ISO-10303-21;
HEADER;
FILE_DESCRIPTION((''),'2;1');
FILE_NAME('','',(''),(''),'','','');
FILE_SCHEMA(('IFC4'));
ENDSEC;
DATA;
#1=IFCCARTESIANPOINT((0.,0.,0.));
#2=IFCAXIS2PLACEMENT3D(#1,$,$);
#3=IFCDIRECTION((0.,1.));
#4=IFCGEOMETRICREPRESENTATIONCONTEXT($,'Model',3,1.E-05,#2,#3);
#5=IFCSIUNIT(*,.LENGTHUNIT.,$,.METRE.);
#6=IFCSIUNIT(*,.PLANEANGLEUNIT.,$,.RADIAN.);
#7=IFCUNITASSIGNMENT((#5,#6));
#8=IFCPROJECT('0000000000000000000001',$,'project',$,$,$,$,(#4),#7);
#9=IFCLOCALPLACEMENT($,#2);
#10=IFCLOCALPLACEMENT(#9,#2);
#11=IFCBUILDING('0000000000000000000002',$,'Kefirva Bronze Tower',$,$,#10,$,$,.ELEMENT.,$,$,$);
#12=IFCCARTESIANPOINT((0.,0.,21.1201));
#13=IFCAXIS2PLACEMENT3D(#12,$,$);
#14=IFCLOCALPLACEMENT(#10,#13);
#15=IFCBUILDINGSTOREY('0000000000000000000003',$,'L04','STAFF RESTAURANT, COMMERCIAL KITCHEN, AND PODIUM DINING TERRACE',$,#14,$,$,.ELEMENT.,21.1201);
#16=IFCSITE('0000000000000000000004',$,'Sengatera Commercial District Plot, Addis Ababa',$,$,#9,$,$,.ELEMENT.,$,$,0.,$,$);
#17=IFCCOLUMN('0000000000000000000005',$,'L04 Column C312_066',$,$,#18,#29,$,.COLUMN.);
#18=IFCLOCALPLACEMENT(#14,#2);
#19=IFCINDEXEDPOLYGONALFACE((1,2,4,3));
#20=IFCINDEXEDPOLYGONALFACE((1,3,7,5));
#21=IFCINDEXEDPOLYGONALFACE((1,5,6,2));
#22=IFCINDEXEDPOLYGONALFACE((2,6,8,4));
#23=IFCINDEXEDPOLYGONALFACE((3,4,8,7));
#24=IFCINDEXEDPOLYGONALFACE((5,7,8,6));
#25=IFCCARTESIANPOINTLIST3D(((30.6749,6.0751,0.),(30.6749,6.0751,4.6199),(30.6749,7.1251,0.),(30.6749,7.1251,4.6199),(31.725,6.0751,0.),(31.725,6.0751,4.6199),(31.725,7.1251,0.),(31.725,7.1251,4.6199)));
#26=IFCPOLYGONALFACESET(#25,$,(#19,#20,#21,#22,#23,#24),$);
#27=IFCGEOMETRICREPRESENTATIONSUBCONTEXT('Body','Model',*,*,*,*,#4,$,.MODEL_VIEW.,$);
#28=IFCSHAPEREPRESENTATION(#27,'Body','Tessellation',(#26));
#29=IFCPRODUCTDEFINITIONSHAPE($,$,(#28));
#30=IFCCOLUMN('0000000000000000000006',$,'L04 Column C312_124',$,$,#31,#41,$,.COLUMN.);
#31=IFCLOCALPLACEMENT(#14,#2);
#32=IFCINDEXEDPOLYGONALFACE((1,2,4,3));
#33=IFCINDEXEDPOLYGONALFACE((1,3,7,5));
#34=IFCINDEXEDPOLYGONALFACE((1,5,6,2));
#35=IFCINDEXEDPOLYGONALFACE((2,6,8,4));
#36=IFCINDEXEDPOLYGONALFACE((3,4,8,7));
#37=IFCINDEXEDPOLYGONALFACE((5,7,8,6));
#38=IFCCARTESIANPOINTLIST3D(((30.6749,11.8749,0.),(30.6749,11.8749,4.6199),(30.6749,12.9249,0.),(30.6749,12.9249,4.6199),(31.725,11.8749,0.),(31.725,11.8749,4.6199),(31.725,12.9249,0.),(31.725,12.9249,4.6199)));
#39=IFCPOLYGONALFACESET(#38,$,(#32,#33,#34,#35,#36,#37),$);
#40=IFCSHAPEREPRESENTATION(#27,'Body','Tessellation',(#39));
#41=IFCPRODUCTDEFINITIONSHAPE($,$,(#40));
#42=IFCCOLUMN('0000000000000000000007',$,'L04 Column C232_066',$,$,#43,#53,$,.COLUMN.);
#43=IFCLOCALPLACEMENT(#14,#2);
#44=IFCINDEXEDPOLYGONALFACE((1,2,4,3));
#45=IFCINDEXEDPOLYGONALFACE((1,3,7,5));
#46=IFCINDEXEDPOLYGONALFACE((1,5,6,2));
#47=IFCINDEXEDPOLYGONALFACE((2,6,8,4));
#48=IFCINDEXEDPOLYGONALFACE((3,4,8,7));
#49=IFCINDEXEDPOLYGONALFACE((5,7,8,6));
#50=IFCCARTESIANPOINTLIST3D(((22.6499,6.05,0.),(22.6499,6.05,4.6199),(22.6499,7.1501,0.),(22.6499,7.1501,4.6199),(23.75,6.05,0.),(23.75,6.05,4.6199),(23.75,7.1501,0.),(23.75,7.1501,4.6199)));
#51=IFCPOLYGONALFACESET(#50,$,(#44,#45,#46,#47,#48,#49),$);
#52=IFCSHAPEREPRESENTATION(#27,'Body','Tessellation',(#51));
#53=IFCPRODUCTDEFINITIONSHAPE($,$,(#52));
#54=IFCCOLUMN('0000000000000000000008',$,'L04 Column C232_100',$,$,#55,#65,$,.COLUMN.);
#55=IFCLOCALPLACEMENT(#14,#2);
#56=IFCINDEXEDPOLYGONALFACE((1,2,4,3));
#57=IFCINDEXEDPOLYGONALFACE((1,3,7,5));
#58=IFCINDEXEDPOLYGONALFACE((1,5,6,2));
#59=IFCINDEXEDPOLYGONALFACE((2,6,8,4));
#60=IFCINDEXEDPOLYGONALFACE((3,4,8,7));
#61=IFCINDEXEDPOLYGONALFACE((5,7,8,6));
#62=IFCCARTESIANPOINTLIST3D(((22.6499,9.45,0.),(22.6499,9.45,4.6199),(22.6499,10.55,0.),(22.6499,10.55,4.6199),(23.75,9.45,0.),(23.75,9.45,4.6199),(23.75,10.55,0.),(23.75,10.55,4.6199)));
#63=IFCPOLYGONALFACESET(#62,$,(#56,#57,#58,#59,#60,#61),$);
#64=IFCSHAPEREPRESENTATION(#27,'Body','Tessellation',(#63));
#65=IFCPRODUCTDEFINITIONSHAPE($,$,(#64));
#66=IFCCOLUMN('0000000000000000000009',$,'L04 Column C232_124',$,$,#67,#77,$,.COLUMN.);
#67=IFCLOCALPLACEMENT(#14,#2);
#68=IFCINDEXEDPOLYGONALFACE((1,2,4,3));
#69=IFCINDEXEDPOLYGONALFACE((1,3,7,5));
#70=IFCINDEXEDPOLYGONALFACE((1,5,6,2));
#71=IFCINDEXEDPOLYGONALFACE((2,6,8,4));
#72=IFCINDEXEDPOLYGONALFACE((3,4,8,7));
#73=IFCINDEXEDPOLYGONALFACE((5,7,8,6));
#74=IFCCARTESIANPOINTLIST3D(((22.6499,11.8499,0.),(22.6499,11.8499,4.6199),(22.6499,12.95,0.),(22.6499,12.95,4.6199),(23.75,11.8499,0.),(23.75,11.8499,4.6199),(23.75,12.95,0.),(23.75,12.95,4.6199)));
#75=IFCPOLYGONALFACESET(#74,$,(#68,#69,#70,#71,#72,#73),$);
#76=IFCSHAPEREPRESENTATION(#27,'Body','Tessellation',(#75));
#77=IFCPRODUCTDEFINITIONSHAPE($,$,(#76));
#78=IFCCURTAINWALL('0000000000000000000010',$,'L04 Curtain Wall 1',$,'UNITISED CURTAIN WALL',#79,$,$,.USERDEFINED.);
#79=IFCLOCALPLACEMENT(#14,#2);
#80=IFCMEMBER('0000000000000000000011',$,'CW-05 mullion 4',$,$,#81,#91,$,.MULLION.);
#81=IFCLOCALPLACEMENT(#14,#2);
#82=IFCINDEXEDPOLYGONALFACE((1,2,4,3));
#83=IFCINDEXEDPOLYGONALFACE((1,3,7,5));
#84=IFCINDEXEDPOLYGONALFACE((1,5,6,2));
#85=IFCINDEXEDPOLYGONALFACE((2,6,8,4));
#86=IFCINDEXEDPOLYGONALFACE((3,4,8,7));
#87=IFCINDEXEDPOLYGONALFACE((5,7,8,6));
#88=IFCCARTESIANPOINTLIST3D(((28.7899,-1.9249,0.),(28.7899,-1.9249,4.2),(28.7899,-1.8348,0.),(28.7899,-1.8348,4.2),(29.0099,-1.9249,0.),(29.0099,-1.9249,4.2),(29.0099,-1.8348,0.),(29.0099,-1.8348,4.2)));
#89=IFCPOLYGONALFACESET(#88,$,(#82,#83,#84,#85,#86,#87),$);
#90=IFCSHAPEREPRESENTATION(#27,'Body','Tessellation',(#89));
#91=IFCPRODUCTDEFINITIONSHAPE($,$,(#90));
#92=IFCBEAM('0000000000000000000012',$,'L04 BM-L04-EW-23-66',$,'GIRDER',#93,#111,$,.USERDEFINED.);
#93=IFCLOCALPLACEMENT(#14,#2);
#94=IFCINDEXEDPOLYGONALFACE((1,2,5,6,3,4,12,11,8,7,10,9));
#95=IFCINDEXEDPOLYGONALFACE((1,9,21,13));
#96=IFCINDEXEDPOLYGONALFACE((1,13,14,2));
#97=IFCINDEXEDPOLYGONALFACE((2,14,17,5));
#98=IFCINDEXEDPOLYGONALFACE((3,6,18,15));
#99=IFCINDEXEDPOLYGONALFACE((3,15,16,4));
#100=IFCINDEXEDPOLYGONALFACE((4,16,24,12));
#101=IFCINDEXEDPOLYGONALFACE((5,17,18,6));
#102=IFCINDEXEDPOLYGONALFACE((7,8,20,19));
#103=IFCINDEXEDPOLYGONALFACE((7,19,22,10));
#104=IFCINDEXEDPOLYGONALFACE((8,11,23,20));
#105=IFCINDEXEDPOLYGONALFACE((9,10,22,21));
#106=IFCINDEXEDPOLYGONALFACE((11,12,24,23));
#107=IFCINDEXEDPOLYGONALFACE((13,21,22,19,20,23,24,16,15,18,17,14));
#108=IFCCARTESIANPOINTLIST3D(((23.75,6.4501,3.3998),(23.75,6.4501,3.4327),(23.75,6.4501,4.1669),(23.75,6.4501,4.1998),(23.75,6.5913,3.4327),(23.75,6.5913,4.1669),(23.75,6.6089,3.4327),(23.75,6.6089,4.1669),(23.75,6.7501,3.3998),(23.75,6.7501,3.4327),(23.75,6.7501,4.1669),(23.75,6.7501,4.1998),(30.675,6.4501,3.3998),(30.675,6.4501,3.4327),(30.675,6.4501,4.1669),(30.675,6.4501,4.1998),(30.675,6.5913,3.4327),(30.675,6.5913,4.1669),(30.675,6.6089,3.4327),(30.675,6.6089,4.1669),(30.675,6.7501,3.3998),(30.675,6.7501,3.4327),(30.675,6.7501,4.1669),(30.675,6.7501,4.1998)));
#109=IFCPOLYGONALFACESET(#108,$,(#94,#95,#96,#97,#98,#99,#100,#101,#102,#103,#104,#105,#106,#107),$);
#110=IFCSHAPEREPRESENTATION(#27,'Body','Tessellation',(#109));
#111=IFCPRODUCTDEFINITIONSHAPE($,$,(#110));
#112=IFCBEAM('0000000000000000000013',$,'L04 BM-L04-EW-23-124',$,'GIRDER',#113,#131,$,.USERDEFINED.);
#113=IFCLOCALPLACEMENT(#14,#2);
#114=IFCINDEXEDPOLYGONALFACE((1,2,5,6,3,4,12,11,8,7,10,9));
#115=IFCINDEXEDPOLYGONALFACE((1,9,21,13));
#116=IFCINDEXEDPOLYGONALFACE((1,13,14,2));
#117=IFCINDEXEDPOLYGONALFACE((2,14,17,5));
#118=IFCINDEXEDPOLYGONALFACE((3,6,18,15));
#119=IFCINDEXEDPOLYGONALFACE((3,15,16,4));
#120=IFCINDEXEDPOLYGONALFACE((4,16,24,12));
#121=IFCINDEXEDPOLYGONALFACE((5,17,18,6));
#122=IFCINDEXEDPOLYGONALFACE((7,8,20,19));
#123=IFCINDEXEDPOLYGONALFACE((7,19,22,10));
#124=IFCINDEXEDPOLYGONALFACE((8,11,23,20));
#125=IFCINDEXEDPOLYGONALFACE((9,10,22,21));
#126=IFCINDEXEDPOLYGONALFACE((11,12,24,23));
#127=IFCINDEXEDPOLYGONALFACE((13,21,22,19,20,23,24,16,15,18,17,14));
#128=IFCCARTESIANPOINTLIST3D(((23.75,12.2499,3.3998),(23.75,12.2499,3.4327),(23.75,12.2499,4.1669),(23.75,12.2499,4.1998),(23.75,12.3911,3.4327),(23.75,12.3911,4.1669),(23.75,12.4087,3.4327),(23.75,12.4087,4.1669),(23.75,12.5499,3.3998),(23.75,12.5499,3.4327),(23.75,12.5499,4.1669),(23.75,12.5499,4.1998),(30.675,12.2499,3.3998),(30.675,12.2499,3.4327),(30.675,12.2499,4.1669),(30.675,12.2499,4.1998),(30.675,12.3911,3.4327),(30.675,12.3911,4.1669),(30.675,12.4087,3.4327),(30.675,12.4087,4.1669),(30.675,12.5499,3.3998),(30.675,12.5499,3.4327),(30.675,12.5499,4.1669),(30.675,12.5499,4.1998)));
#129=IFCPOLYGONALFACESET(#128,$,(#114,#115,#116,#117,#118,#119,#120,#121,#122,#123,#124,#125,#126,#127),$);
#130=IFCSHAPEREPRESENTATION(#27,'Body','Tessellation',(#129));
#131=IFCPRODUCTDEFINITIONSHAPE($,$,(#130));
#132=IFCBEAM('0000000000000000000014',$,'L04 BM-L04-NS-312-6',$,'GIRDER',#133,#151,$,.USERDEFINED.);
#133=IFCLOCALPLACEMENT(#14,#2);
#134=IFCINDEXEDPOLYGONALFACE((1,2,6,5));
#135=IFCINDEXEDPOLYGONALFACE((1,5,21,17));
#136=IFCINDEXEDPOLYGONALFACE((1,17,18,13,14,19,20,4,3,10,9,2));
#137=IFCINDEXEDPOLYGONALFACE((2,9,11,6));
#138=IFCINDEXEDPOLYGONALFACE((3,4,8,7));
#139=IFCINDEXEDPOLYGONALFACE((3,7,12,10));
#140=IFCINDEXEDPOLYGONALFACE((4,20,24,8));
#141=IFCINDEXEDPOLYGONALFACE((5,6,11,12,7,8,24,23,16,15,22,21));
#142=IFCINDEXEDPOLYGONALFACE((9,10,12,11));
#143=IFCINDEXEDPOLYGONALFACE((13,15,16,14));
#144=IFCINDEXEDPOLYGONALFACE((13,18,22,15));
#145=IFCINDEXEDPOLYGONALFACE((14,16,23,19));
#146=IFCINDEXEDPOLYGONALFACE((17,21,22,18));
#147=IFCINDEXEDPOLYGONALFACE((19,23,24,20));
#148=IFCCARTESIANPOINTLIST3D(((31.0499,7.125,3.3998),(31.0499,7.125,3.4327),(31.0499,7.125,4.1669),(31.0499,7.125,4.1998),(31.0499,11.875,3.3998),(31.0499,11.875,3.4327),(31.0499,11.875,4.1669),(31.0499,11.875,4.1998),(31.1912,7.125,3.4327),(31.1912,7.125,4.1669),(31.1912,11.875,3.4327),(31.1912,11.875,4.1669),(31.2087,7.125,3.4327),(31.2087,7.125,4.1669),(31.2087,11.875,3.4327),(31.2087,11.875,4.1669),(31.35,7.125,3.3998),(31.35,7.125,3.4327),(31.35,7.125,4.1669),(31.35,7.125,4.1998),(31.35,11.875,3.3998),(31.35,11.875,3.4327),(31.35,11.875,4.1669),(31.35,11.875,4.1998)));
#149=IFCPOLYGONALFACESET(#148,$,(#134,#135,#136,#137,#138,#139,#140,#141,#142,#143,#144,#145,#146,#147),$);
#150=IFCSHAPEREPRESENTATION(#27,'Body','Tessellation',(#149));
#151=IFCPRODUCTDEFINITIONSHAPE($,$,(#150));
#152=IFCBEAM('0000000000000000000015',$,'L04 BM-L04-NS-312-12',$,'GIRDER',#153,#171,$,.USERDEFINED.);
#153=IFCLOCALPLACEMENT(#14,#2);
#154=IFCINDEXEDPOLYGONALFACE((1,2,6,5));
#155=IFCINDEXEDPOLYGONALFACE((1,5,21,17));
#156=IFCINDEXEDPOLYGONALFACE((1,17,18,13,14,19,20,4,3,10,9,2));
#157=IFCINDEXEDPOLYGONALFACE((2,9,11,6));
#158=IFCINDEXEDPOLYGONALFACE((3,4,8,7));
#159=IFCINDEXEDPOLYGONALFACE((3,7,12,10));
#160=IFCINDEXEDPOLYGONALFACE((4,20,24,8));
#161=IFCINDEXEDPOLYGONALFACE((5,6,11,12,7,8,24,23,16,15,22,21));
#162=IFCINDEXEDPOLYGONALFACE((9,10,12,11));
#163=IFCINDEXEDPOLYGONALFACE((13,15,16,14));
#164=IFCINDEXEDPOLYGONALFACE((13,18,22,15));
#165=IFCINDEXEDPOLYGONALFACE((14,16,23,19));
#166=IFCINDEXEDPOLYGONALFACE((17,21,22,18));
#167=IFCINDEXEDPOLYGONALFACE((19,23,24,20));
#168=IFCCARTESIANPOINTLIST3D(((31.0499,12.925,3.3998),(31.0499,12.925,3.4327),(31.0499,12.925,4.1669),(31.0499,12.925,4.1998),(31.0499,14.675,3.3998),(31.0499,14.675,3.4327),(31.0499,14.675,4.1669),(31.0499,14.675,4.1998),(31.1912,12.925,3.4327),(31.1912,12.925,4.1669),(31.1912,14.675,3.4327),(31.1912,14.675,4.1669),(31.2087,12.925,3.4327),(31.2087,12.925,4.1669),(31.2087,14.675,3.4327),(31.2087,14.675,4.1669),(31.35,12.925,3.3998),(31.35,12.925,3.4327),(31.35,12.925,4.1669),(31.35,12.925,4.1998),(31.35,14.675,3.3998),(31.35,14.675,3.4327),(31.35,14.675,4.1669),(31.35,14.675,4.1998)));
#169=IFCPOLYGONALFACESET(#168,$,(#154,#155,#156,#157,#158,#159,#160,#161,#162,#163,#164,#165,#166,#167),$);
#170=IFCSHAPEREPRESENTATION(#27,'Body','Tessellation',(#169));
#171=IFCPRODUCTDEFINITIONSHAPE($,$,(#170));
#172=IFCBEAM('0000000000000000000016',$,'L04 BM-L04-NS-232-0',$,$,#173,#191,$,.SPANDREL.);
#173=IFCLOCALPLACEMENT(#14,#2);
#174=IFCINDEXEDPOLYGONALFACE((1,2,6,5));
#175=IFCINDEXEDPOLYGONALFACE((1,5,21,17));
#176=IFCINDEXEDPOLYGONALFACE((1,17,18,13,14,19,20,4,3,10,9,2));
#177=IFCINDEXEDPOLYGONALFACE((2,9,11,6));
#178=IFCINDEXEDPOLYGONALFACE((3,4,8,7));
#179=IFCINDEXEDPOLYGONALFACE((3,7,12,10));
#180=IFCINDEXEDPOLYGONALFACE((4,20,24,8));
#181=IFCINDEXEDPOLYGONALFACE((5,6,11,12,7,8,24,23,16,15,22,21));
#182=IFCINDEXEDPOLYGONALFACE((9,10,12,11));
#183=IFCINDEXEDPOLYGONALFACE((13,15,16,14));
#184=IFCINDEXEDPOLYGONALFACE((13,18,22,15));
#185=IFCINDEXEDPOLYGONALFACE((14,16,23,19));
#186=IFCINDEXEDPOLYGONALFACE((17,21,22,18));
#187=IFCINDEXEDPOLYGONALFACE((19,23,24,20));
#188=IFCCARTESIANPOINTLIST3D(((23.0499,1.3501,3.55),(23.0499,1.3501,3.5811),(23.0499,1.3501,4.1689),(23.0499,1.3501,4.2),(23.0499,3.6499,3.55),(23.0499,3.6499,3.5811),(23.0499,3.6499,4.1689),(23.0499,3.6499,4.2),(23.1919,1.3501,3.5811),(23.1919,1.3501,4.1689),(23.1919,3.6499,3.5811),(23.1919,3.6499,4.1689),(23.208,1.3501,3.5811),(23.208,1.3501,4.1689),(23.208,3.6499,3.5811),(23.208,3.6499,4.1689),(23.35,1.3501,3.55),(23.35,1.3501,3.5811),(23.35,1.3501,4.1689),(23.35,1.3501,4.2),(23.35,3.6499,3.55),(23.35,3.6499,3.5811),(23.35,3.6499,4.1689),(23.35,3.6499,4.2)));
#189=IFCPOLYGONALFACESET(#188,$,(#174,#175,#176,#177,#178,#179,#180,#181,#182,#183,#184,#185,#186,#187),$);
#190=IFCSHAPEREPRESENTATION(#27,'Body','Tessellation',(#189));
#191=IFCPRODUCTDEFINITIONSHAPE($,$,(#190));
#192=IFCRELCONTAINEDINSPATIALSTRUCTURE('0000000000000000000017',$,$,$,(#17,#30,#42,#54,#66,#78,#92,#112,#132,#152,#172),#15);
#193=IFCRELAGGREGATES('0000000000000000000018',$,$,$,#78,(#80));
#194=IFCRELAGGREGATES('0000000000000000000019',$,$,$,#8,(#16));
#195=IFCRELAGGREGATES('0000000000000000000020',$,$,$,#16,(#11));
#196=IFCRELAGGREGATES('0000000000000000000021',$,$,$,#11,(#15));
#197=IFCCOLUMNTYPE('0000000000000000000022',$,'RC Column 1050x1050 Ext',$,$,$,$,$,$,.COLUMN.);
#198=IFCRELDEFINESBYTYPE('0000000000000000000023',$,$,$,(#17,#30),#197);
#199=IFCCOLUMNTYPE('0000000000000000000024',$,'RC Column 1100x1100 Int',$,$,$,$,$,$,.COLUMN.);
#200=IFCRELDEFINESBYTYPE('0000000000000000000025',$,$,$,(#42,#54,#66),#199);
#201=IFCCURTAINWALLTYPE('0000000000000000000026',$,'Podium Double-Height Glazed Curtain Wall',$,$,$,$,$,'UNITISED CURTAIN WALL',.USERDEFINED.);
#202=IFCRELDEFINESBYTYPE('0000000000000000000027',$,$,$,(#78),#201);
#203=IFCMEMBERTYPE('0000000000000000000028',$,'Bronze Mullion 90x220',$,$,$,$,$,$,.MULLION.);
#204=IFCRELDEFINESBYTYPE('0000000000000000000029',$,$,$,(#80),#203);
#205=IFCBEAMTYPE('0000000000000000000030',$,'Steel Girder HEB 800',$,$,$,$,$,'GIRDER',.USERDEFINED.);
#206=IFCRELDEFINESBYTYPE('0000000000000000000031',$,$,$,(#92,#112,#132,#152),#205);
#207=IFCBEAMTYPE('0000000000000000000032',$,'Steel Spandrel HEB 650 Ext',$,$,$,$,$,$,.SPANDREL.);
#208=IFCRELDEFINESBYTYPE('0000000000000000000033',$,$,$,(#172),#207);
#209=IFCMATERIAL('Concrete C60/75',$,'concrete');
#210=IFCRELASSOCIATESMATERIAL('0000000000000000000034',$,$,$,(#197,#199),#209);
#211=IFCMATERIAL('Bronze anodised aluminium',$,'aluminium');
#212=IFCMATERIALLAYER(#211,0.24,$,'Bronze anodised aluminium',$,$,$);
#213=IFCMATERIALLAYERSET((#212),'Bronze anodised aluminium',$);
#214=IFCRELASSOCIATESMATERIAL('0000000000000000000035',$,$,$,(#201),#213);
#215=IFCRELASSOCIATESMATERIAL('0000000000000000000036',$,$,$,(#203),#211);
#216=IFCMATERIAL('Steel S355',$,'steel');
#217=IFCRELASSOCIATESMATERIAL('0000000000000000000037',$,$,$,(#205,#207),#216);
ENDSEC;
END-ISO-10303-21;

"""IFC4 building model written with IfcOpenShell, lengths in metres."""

from ifc_helpers import new_model, si_unit, direction, frame, origin, origin_2d, place, context, subcontext, project, spatial, rectangle, i_section, extrude, material, layer, layer_set, material_profile, profile_set, type_object, element, aggregate, save


model = new_model("IFC4")

# Units and contexts
model_context = context("Model", 3, precision=1e-05, world=origin(), true_north=direction((0.0, 1.0)))
body_context = subcontext(model_context, "Body", "Model", "MODEL_VIEW")
ifc_project = project(units=[si_unit("LENGTHUNIT", "METRE"), si_unit("PLANEANGLEUNIT", "RADIAN")], contexts=[model_context])

# Site, building, storey
site_placement = place(None, origin())
site = spatial("IfcSite", under=ifc_project, at=site_placement, Name="Sengatera Commercial District Plot, Addis Ababa", CompositionType="ELEMENT", RefElevation=0.0)
building_placement = place(site_placement, origin())
building = spatial("IfcBuilding", under=site, at=building_placement, Name="Kefirva Bronze Tower", CompositionType="ELEMENT")
storey_placement = place(building_placement, frame((0.0, 0.0, 21.1201)))
storey = spatial("IfcBuildingStorey", under=building, at=storey_placement, Name="L04", Description="STAFF RESTAURANT, COMMERCIAL KITCHEN, AND PODIUM DINING TERRACE", CompositionType="ELEMENT", Elevation=21.1201)

# Columns
ifc_material_1 = material(Name="Concrete C60/75", Category="concrete")
ifc_material_profile_1 = material_profile(ifc_material_1, rectangle(XDim=1.05, YDim=1.05, at=origin_2d()), Name="RC 1050x1050")
ifc_profile_set_1 = profile_set([ifc_material_profile_1], Name="Concrete C60/75")
column_type_1 = type_object("IfcColumnType", Name="RC Column 1050x1050 Ext", PredefinedType="COLUMN", material=ifc_profile_set_1)
for number, where, z_axis, x_axis, name in (
    (1, (31.2, 6.6001, 0.0), (0.0, 0.0, 1.0), (1.0, 0.0, 0.0), "L04 Column C312_066"),
    (2, (31.2, 12.3999, 0.0), (0.0, 0.0, 1.0), (1.0, 0.0, 0.0), "L04 Column C312_124"),
):
    element("IfcColumn", number, at=place(storey_placement, frame(where, z_axis=z_axis, x_axis=x_axis)), inside=storey, type_object=column_type_1, Name=name, PredefinedType="COLUMN", context=body_context, shape_type="SweptSolid", body=[
        extrude(rectangle(XDim=1.05, YDim=1.05, at=origin_2d()), origin(), (0.0, 0.0, 1.0), 4.6199),
    ])
ifc_material_profile_2 = material_profile(ifc_material_1, rectangle(XDim=1.1001, YDim=1.1001, at=origin_2d()), Name="RC 1100x1100")
ifc_profile_set_2 = profile_set([ifc_material_profile_2], Name="Concrete C60/75")
column_type_2 = type_object("IfcColumnType", Name="RC Column 1100x1100 Int", PredefinedType="COLUMN", material=ifc_profile_set_2)
for number, where, z_axis, x_axis, name in (
    (3, (23.2, 6.6001, 0.0), (0.0, 0.0, 1.0), (1.0, 0.0, 0.0), "L04 Column C232_066"),
    (4, (23.2, 10.0, 0.0), (0.0, 0.0, 1.0), (1.0, 0.0, 0.0), "L04 Column C232_100"),
    (5, (23.2, 12.3999, 0.0), (0.0, 0.0, 1.0), (1.0, 0.0, 0.0), "L04 Column C232_124"),
):
    element("IfcColumn", number, at=place(storey_placement, frame(where, z_axis=z_axis, x_axis=x_axis)), inside=storey, type_object=column_type_2, Name=name, PredefinedType="COLUMN", context=body_context, shape_type="SweptSolid", body=[
        extrude(rectangle(XDim=1.1001, YDim=1.1001, at=origin_2d()), origin(), (0.0, 0.0, 1.0), 4.6199),
    ])

# Curtain wall, member
ifc_material_2 = material(Name="Bronze anodised aluminium", Category="aluminium")
ifc_layer_1 = layer(ifc_material_2, 0.24, Name="Bronze anodised aluminium")
ifc_layer_set_1 = layer_set([ifc_layer_1], Name="Bronze anodised aluminium")
curtain_wall_type = type_object("IfcCurtainWallType", Name="Podium Double-Height Glazed Curtain Wall", ElementType="UNITISED CURTAIN WALL", PredefinedType="USERDEFINED", material=ifc_layer_set_1)
curtain_wall_placement = place(storey_placement, origin())
curtain_wall = element("IfcCurtainWall", 6, at=curtain_wall_placement, inside=storey, type_object=curtain_wall_type, Name="L04 Curtain Wall 1", ObjectType="UNITISED CURTAIN WALL", PredefinedType="USERDEFINED")
ifc_material_profile_3 = material_profile(ifc_material_2, rectangle(XDim=0.0901, YDim=0.22, at=origin_2d()), Name="ALU 90x220")
ifc_profile_set_3 = profile_set([ifc_material_profile_3], Name="Bronze anodised aluminium")
member_type = type_object("IfcMemberType", Name="Bronze Mullion 90x220", PredefinedType="MULLION", material=ifc_profile_set_3)
member_placement = place(storey_placement, frame((28.8999, -1.8799, 0.0), z_axis=(0.0, 0.0, 1.0), x_axis=(0.0, 1.0, 0.0)))
member = element("IfcMember", 7, at=member_placement, type_object=member_type, Name="CW-05 mullion 4", PredefinedType="MULLION", context=body_context, shape_type="SweptSolid", body=[
    extrude(rectangle(XDim=0.0901, YDim=0.22, at=origin_2d()), origin(), (0.0, 0.0, 1.0), 4.2),
])

# Beams
ifc_material_3 = material(Name="Steel S355", Category="steel")
ifc_material_profile_4 = material_profile(ifc_material_3, i_section(OverallWidth=0.3, OverallDepth=0.8, WebThickness=0.0176, FlangeThickness=0.033, at=origin_2d()), Name="HEB 800")
ifc_profile_set_4 = profile_set([ifc_material_profile_4], Name="Steel S355")
beam_type_1 = type_object("IfcBeamType", Name="Steel Girder HEB 800", ElementType="GIRDER", PredefinedType="USERDEFINED", material=ifc_profile_set_4)
for number, where, z_axis, x_axis, name in (
    (8, (23.75, 6.6001, 3.7998), (1.0, 0.0, 0.0), (0.0, 1.0, 0.0), "L04 BM-L04-EW-23-66"),
    (9, (23.75, 12.3999, 3.7998), (1.0, 0.0, 0.0), (0.0, 1.0, 0.0), "L04 BM-L04-EW-23-124"),
):
    element("IfcBeam", number, at=place(storey_placement, frame(where, z_axis=z_axis, x_axis=x_axis)), inside=storey, type_object=beam_type_1, Name=name, ObjectType="GIRDER", PredefinedType="USERDEFINED", context=body_context, shape_type="SweptSolid", body=[
        extrude(i_section(OverallWidth=0.3, OverallDepth=0.8, WebThickness=0.0176, FlangeThickness=0.033, at=origin_2d()), origin(), (0.0, 0.0, 1.0), 6.925),
    ])
beam_1_placement = place(storey_placement, frame((31.2, 7.125, 3.7998), z_axis=(0.0, 1.0, 0.0), x_axis=(-1.0, 0.0, 0.0)))
element("IfcBeam", 10, at=beam_1_placement, inside=storey, type_object=beam_type_1, Name="L04 BM-L04-NS-312-6", ObjectType="GIRDER", PredefinedType="USERDEFINED", context=body_context, shape_type="SweptSolid", body=[
    extrude(i_section(OverallWidth=0.3, OverallDepth=0.8, WebThickness=0.0176, FlangeThickness=0.033, at=origin_2d()), origin(), (0.0, 0.0, 1.0), 4.75),
])
beam_2_placement = place(storey_placement, frame((31.2, 12.925, 3.7998), z_axis=(0.0, 1.0, 0.0), x_axis=(-1.0, 0.0, 0.0)))
element("IfcBeam", 11, at=beam_2_placement, inside=storey, type_object=beam_type_1, Name="L04 BM-L04-NS-312-12", ObjectType="GIRDER", PredefinedType="USERDEFINED", context=body_context, shape_type="SweptSolid", body=[
    extrude(i_section(OverallWidth=0.3, OverallDepth=0.8, WebThickness=0.0176, FlangeThickness=0.033, at=origin_2d()), origin(), (0.0, 0.0, 1.0), 1.75),
])
ifc_material_profile_5 = material_profile(ifc_material_3, i_section(OverallWidth=0.3, OverallDepth=0.6499, WebThickness=0.0161, FlangeThickness=0.031, at=origin_2d()), Name="HEB 650")
ifc_profile_set_5 = profile_set([ifc_material_profile_5], Name="Steel S355")
beam_type_2 = type_object("IfcBeamType", Name="Steel Spandrel HEB 650 Ext", PredefinedType="SPANDREL", material=ifc_profile_set_5)
beam_3_placement = place(storey_placement, frame((23.2, 1.3501, 3.875), z_axis=(0.0, 1.0, 0.0), x_axis=(-1.0, 0.0, 0.0)))
element("IfcBeam", 12, at=beam_3_placement, inside=storey, type_object=beam_type_2, Name="L04 BM-L04-NS-232-0", PredefinedType="SPANDREL", context=body_context, shape_type="SweptSolid", body=[
    extrude(i_section(OverallWidth=0.3, OverallDepth=0.6499, WebThickness=0.0161, FlangeThickness=0.031, at=origin_2d()), origin(), (0.0, 0.0, 1.0), 2.2998),
])

aggregate(curtain_wall, [member])

save(model, "model.ifc")
